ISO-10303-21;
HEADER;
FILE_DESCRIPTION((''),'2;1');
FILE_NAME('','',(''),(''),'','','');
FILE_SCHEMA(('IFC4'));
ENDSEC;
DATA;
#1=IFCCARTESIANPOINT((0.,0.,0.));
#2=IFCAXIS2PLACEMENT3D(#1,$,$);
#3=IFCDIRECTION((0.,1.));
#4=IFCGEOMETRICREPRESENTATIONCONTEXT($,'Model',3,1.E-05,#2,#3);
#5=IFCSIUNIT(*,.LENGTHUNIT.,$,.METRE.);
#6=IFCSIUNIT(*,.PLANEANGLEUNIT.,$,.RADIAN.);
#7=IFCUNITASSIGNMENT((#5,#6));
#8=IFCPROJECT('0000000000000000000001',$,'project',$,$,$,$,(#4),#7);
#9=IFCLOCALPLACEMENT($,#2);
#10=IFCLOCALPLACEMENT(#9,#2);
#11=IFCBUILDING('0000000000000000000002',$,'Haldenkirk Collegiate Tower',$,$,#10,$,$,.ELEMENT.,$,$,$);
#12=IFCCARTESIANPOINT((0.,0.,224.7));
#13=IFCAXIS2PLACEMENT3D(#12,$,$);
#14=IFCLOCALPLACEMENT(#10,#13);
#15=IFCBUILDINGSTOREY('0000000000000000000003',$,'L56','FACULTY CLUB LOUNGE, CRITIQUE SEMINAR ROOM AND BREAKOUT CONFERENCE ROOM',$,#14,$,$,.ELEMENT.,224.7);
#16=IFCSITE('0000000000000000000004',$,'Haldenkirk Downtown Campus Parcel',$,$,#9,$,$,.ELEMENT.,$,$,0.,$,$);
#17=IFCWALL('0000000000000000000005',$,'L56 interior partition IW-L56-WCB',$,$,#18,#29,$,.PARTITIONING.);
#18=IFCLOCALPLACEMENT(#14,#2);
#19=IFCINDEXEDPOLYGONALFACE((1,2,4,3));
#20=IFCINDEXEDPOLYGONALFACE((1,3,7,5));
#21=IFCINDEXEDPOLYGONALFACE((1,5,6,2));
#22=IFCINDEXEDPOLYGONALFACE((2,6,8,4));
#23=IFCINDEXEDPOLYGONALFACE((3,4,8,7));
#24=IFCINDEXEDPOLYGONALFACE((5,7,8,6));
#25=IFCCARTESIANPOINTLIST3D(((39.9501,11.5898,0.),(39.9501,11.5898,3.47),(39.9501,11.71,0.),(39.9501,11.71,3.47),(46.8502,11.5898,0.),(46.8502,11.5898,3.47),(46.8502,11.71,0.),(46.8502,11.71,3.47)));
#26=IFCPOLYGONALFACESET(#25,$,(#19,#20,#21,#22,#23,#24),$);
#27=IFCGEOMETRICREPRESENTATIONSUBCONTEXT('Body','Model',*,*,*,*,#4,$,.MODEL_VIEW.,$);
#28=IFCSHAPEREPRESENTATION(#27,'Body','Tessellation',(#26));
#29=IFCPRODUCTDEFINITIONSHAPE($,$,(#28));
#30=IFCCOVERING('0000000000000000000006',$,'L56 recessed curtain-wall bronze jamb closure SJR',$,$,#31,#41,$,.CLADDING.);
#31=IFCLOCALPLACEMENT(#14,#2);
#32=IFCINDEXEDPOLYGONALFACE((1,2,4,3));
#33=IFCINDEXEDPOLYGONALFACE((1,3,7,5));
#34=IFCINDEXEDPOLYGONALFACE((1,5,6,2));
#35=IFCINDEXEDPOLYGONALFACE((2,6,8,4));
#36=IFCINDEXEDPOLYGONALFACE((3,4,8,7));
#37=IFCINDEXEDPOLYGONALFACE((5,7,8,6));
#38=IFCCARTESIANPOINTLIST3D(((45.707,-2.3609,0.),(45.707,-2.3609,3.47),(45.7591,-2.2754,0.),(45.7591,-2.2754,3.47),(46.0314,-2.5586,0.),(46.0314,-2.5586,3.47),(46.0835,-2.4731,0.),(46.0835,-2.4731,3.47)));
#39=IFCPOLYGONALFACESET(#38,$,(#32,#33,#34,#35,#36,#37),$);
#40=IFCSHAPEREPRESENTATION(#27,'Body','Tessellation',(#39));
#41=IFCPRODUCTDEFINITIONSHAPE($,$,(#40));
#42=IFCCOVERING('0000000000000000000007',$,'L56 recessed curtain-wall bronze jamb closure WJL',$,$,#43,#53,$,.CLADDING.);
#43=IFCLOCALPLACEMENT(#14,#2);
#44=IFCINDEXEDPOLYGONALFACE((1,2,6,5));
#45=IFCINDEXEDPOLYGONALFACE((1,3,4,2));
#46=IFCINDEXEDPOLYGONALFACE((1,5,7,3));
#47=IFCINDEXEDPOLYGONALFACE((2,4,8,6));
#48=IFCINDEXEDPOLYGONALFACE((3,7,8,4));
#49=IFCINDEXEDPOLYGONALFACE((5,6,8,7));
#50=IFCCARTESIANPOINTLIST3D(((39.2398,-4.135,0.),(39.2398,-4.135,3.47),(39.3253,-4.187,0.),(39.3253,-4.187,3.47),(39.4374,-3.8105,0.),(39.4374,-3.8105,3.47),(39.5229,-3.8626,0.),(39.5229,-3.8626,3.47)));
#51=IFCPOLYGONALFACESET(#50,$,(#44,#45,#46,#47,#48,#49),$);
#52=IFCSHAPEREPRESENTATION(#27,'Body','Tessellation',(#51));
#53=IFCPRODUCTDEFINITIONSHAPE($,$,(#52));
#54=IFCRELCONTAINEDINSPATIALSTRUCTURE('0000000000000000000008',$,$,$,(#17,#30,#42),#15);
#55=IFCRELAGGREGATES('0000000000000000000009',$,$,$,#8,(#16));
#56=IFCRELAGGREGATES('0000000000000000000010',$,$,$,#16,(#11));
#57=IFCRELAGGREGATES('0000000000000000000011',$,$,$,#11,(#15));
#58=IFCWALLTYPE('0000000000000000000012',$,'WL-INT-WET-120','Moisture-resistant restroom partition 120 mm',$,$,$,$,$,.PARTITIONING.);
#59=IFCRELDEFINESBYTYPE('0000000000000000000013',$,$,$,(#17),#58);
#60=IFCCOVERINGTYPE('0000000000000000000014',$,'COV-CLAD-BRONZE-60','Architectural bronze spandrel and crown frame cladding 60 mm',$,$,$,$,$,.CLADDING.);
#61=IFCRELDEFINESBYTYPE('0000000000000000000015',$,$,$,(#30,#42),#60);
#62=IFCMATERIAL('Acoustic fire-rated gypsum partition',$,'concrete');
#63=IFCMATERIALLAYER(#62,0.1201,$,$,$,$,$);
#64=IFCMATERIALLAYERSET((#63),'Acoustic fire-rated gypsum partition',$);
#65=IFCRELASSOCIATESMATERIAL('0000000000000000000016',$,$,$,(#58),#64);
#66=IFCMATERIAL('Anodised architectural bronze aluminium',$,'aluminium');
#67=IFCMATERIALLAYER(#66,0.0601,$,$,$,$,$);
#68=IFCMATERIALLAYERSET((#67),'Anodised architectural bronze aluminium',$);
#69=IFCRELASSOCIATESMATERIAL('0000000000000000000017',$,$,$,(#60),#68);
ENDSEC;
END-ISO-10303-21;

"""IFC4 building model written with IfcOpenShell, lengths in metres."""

from ifc_helpers import new_model, si_unit, direction, frame, frame_2d, origin, origin_2d, place, context, subcontext, project, spatial, rectangle, extrude, source, transform, mapped, material, layer, layer_set, type_object, element, save


model = new_model("IFC4")

# Units and contexts
model_context = context("Model", 3, precision=1e-05, world=origin(), true_north=direction((0.0, 1.0)))
body_context = subcontext(model_context, "Body", "Model", "MODEL_VIEW")
ifc_project = project(units=[si_unit("LENGTHUNIT", "METRE"), si_unit("PLANEANGLEUNIT", "RADIAN")], contexts=[model_context])

# Site, building, storey
site_placement = place(None, origin())
site = spatial("IfcSite", under=ifc_project, at=site_placement, Name="Haldenkirk Downtown Campus Parcel", CompositionType="ELEMENT", RefElevation=0.0)
building_placement = place(site_placement, origin())
building = spatial("IfcBuilding", under=site, at=building_placement, Name="Haldenkirk Collegiate Tower", CompositionType="ELEMENT")
storey_placement = place(building_placement, frame((0.0, 0.0, 224.7)))
storey = spatial("IfcBuildingStorey", under=building, at=storey_placement, Name="L56", Description="FACULTY CLUB LOUNGE, CRITIQUE SEMINAR ROOM AND BREAKOUT CONFERENCE ROOM", CompositionType="ELEMENT", Elevation=224.7)

# Shared definitions
ifc_material_1 = material(Name="Anodised architectural bronze aluminium", Category="aluminium")

# Wall
ifc_material_2 = material(Name="Acoustic fire-rated gypsum partition", Category="concrete")
ifc_layer_1 = layer(ifc_material_2, 0.1201)
ifc_layer_set_1 = layer_set([ifc_layer_1], Name="Acoustic fire-rated gypsum partition")
wall_type_1 = type_object("IfcWallType", Name="WL-INT-WET-120", Description="Moisture-resistant restroom partition 120 mm", PredefinedType="PARTITIONING", material=ifc_layer_set_1)
wall_placement = place(storey_placement, frame((39.95, 11.6499, 0.0), z_axis=(0.0, 0.0, 1.0), x_axis=(1.0, 0.0, 0.0)))
element("IfcWall", 1, at=wall_placement, inside=storey, type_object=wall_type_1, Name="L56 interior partition IW-L56-WCB", PredefinedType="PARTITIONING", context=body_context, shape_type="SweptSolid", body=[
    extrude(rectangle(XDim=6.9001, YDim=0.1201, at=frame_2d((3.4502, 0.0))), origin(), (0.0, 0.0, 1.0), 3.47),
])

# Coverings
ifc_layer_2 = layer(ifc_material_1, 0.0601)
ifc_layer_set_2 = layer_set([ifc_layer_2], Name="Anodised architectural bronze aluminium")
covering_type = type_object("IfcCoveringType", Name="COV-CLAD-BRONZE-60", Description="Architectural bronze spandrel and crown frame cladding 60 mm", PredefinedType="CLADDING", material=ifc_layer_set_2)
shared_shape_1 = source(origin(), body_context, "Body", "SweptSolid", [
    extrude(rectangle(XDim=0.1001, YDim=0.3799, at=origin_2d()), origin(), (0.0, 0.0, 1.0), 3.47),
])
for number, where, z_axis, x_axis, name in (
    (2, (45.8953, -2.417, 0.0), (0.0, 0.0, 1.0), (-0.520265, -0.854005, 0.0), "L56 recessed curtain-wall bronze jamb closure SJR"),
    (3, (39.3813, -3.9988, 0.0), (0.0, 0.0, 1.0), (-0.854005, 0.520265, 0.0), "L56 recessed curtain-wall bronze jamb closure WJL"),
):
    element("IfcCovering", number, at=place(storey_placement, frame(where, z_axis=z_axis, x_axis=x_axis)), inside=storey, type_object=covering_type, Name=name, PredefinedType="CLADDING", context=body_context, shape_type="MappedRepresentation", body=[
        mapped(shared_shape_1, transform((0.0, 0.0, 0.0), x_axis=(1.0, 0.0, 0.0), y_axis=(0.0, 1.0, 0.0), z_axis=(0.0, 0.0, 1.0), scale=1.0)),
    ])

save(model, "model.ifc")
